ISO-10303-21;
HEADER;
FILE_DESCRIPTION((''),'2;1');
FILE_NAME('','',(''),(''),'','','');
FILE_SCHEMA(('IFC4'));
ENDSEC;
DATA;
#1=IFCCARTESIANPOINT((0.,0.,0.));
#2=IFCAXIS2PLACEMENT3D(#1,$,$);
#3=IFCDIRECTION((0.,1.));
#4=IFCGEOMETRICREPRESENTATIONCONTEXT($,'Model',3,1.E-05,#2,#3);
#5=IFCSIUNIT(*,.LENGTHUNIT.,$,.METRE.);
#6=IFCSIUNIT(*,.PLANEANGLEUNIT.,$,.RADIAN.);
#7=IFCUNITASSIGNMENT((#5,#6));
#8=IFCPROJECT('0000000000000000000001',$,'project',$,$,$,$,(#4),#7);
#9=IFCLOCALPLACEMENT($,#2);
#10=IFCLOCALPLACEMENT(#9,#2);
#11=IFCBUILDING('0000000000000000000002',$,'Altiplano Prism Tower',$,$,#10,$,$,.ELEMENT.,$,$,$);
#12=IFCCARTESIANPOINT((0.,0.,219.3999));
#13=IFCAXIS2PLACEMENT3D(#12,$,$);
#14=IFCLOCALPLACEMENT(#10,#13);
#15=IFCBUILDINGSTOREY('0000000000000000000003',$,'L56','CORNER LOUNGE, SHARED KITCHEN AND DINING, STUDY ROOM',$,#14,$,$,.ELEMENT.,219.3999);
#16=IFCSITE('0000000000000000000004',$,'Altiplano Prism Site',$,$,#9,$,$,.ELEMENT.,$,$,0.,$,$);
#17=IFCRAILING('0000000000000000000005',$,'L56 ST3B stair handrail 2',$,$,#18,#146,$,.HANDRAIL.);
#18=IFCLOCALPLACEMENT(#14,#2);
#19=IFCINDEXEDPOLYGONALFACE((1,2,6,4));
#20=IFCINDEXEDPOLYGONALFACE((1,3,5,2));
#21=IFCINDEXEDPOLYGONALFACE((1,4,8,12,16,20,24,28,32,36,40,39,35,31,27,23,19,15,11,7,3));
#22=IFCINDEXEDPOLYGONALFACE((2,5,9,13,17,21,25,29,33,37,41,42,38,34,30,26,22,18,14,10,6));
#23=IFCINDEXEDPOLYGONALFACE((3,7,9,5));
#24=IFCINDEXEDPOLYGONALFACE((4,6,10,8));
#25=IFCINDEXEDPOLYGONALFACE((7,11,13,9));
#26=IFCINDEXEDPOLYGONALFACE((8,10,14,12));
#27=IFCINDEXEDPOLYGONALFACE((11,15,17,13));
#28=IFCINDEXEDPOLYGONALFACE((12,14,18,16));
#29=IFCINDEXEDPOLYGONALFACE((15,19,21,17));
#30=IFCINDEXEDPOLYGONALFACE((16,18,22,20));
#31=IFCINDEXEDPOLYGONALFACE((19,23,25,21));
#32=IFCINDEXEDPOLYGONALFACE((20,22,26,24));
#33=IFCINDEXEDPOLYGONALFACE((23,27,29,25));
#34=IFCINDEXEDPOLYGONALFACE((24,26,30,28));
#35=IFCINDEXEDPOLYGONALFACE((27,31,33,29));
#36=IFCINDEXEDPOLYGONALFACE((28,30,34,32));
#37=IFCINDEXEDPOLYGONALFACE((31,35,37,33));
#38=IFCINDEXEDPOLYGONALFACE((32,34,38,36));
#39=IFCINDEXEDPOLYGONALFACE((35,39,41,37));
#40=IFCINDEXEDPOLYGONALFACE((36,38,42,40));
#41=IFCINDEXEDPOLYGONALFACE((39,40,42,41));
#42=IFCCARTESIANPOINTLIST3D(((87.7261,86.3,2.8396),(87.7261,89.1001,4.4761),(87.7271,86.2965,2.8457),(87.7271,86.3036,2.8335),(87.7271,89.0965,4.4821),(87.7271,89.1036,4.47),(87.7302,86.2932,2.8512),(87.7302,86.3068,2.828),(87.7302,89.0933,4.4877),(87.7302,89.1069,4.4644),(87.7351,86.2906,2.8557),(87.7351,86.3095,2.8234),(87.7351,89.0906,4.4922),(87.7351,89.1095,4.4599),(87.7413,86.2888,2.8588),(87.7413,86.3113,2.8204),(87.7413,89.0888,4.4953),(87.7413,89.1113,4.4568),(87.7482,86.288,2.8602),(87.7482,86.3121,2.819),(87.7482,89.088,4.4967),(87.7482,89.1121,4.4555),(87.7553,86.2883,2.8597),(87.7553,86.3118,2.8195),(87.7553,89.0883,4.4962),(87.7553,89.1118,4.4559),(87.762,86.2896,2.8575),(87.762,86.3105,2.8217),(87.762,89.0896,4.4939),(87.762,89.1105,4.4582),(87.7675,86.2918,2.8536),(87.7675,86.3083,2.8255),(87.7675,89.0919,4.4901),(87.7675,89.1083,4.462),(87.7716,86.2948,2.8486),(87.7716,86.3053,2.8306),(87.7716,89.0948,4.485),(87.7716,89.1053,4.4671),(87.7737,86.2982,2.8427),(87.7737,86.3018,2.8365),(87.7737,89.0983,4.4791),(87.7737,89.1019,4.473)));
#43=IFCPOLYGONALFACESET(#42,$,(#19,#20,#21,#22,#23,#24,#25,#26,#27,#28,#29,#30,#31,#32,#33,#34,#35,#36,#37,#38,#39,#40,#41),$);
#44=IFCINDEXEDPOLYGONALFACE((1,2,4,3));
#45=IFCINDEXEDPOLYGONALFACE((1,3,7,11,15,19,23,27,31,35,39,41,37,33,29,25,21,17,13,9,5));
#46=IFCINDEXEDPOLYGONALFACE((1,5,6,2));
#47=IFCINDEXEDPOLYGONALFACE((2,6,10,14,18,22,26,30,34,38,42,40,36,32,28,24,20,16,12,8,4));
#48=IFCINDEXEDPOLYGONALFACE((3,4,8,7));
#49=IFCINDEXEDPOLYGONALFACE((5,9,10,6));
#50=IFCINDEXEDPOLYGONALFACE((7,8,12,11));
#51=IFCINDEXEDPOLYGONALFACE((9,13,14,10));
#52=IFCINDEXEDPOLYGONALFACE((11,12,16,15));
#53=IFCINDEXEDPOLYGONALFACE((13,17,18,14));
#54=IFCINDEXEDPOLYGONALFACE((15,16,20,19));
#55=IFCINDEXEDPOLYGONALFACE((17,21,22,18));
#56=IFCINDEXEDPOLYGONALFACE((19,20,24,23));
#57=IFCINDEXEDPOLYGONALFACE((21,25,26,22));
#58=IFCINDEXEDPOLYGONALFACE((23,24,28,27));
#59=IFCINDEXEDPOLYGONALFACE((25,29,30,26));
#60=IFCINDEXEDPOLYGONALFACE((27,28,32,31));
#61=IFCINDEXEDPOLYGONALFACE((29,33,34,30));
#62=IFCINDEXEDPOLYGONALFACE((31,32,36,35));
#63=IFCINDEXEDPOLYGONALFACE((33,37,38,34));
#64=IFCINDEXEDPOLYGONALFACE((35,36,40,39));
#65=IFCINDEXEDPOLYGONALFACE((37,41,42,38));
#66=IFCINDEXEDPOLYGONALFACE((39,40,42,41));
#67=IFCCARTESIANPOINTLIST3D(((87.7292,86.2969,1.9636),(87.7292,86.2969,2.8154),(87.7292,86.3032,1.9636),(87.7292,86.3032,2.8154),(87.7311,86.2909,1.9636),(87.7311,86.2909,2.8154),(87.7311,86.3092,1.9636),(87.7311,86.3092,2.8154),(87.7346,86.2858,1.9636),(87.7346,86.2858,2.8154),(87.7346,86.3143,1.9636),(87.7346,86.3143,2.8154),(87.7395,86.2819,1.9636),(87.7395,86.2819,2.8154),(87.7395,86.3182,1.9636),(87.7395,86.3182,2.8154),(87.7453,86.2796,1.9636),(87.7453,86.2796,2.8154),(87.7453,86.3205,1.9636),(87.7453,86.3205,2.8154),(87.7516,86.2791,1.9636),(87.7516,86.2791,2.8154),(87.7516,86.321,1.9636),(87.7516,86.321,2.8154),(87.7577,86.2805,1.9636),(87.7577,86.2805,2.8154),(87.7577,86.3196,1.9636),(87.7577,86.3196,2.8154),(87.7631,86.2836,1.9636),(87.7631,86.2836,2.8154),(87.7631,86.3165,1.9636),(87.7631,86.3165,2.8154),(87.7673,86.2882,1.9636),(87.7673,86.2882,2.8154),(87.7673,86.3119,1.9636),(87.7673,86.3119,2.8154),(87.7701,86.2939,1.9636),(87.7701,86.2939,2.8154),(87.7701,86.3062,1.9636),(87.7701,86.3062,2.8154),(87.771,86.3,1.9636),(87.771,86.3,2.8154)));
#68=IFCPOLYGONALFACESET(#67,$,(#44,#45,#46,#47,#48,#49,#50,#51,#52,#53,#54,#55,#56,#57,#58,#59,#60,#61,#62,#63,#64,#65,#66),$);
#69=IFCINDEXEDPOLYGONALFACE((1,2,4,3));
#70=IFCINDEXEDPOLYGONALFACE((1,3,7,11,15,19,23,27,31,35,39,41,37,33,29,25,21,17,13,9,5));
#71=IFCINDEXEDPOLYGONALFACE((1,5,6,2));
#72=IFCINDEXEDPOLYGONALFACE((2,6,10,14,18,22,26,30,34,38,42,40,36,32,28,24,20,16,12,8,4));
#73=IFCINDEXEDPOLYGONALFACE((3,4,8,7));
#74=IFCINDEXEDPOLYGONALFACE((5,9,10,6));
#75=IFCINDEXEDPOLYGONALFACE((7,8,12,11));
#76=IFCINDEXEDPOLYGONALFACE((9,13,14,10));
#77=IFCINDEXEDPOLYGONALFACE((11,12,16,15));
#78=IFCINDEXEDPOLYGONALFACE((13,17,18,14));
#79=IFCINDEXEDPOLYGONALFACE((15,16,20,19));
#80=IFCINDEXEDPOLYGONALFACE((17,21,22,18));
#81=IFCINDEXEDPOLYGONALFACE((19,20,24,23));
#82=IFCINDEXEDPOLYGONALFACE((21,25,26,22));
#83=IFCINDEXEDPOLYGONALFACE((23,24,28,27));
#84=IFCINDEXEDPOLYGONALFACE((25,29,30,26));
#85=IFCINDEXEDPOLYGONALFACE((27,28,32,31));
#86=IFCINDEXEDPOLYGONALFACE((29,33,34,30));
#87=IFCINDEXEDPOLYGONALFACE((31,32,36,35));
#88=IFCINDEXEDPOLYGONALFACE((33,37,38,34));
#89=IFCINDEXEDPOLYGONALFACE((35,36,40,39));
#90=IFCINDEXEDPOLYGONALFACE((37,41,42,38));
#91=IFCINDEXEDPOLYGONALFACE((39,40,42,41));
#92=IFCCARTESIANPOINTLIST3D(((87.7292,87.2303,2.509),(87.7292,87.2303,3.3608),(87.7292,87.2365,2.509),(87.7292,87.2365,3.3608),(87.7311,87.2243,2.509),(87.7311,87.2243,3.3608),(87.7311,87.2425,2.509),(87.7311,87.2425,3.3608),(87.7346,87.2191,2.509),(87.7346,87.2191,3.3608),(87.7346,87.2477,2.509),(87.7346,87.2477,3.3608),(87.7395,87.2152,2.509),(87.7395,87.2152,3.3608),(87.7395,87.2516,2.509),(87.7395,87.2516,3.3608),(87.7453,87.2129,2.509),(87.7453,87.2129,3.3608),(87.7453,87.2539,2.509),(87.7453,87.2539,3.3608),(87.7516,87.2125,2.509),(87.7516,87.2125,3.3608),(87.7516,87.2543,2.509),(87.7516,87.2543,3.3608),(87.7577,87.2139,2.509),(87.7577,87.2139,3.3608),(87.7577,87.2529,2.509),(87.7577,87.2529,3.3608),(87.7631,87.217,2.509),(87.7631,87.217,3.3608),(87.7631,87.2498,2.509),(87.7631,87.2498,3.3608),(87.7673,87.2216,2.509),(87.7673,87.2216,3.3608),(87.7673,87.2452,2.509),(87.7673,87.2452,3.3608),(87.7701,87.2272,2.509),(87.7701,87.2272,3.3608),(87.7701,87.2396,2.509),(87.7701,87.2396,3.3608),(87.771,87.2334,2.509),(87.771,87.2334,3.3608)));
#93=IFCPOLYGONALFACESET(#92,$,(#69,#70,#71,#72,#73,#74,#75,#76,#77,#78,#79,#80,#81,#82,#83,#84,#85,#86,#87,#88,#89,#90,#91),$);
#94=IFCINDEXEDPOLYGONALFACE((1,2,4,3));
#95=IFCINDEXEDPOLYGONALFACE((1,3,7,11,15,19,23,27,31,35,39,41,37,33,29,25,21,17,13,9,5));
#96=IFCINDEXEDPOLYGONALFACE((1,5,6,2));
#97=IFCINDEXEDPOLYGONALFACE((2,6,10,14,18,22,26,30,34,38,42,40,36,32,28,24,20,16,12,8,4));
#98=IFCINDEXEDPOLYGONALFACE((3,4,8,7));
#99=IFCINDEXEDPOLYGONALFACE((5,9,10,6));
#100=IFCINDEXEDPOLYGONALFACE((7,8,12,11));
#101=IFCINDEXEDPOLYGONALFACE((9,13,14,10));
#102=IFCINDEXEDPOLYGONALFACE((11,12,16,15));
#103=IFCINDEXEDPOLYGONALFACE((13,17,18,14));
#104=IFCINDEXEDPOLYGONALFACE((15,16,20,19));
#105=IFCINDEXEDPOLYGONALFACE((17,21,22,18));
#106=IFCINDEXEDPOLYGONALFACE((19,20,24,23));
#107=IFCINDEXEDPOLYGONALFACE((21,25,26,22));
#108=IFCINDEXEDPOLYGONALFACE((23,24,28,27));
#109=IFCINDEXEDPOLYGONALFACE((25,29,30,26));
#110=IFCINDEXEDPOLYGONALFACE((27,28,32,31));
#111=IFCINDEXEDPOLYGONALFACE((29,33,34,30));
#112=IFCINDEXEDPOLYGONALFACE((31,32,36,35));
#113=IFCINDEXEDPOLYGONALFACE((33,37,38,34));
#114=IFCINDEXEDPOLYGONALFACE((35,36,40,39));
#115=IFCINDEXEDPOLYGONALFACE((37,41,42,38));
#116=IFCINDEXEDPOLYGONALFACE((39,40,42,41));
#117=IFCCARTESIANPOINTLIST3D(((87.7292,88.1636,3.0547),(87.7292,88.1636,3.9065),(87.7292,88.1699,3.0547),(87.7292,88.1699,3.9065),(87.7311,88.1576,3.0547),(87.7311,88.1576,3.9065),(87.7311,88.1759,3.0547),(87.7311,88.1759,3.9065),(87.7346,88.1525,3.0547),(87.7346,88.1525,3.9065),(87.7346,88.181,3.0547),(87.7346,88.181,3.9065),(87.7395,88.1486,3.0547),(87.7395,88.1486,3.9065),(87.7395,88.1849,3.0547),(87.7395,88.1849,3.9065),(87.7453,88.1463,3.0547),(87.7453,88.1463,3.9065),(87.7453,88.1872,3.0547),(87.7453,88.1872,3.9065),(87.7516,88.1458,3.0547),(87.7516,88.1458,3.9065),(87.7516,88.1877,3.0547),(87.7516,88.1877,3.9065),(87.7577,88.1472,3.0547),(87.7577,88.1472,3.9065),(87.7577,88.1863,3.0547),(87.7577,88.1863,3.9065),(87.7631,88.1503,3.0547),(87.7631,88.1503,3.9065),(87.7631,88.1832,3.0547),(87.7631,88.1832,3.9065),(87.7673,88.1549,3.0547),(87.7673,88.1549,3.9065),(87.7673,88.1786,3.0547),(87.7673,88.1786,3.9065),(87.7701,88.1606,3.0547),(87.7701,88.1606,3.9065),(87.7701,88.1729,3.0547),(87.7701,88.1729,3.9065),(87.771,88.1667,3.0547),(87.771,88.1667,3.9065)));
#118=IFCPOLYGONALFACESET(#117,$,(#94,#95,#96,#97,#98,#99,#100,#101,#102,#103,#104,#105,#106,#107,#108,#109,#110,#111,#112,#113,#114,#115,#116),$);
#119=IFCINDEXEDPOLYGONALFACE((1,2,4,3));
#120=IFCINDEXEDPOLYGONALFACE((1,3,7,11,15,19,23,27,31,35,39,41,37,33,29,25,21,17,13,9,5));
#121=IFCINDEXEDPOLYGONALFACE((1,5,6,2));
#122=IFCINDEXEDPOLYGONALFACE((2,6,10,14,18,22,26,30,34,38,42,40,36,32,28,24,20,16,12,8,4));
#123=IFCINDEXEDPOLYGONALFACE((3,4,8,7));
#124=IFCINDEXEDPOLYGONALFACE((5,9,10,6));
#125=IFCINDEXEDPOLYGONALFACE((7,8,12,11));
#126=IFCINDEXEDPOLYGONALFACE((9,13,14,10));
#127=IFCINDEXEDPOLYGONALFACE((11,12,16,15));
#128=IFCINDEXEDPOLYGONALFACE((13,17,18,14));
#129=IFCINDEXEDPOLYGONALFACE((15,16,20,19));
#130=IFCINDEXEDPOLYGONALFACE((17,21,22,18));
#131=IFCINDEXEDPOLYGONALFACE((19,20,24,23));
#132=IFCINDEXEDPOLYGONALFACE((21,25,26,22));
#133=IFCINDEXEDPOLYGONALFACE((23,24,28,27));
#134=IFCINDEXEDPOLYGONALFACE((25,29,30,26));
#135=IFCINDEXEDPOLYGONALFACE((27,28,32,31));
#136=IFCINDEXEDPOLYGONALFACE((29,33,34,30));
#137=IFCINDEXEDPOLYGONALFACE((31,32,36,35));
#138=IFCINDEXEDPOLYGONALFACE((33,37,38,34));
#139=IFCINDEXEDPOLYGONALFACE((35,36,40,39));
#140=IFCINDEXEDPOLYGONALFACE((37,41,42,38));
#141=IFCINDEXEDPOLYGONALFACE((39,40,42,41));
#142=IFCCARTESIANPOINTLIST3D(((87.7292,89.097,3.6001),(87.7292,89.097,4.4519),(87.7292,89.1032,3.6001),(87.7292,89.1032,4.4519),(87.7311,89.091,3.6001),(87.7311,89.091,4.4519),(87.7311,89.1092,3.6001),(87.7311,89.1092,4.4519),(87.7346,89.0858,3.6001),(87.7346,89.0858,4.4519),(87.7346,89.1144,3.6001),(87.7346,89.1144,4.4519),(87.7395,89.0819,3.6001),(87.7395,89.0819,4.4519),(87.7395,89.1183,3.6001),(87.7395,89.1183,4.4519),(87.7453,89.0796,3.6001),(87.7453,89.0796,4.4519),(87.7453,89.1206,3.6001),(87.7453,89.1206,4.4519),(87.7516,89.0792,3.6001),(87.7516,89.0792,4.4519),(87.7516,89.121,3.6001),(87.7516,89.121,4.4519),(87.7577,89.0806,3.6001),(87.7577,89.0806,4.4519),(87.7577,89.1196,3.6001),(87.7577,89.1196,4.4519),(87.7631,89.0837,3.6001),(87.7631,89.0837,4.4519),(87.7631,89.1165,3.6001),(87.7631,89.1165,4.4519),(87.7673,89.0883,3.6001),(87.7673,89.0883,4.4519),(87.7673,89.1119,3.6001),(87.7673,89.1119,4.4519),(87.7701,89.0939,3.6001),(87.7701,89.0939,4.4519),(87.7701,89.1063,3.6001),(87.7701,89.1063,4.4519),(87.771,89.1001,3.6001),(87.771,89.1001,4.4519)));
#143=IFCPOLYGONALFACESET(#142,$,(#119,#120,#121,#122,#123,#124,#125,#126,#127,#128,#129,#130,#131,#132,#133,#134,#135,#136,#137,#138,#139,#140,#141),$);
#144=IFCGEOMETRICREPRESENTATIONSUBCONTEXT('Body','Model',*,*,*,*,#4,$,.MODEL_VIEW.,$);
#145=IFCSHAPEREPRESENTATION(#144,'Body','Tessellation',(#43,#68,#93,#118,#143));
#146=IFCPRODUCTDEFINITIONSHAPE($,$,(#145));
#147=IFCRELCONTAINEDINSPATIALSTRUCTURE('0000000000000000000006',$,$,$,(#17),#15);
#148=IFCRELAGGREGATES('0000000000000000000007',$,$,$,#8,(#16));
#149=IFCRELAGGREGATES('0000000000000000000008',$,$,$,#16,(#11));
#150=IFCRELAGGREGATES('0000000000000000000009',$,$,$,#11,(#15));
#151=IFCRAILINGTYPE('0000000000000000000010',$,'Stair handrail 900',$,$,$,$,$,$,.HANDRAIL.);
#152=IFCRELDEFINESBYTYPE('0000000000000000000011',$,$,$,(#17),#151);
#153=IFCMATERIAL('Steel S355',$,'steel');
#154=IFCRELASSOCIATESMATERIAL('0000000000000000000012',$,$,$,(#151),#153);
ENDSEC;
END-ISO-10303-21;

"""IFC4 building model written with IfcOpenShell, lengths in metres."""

from ifc_helpers import new_model, si_unit, direction, frame, origin, origin_2d, place, context, subcontext, project, spatial, circle, extrude, material, type_object, element, save


model = new_model("IFC4")

# Units and contexts
model_context = context("Model", 3, precision=1e-05, world=origin(), true_north=direction((0.0, 1.0)))
body_context = subcontext(model_context, "Body", "Model", "MODEL_VIEW")
ifc_project = project(units=[si_unit("LENGTHUNIT", "METRE"), si_unit("PLANEANGLEUNIT", "RADIAN")], contexts=[model_context])

# Site, building, storey
site_placement = place(None, origin())
site = spatial("IfcSite", under=ifc_project, at=site_placement, Name="Altiplano Prism Site", CompositionType="ELEMENT", RefElevation=0.0)
building_placement = place(site_placement, origin())
building = spatial("IfcBuilding", under=site, at=building_placement, Name="Altiplano Prism Tower", CompositionType="ELEMENT")
storey_placement = place(building_placement, frame((0.0, 0.0, 219.3999)))
storey = spatial("IfcBuildingStorey", under=building, at=storey_placement, Name="L56", Description="CORNER LOUNGE, SHARED KITCHEN AND DINING, STUDY ROOM", CompositionType="ELEMENT", Elevation=219.3999)

# Shared definitions
ifc_material_1 = material(Name="Steel S355", Category="steel")

# Railing
railing_type = type_object("IfcRailingType", Name="Stair handrail 900", PredefinedType="HANDRAIL", material=ifc_material_1)
for number, where, name in (
    (1, (87.75, 86.3, 1.9636), "L56 ST3B stair handrail 2"),
):
    element("IfcRailing", number, at=place(storey_placement, frame(where)), inside=storey, type_object=railing_type, Name=name, PredefinedType="HANDRAIL", context=body_context, shape_type="SweptSolid", body=[
        extrude(circle(Radius=0.0239, at=origin_2d()), frame((0.0, 0.0, 0.876), z_axis=(0.0, 0.863361, 0.504587), x_axis=(-1.0, 0.0, 0.0)), (0.0, 0.0, 1.0), 3.2432),
        extrude(circle(Radius=0.021, at=origin_2d()), origin(), (0.0, 0.0, 1.0), 0.8518),
        extrude(circle(Radius=0.021, at=origin_2d()), frame((0.0, 0.9333, 0.5454)), (0.0, 0.0, 1.0), 0.8518),
        extrude(circle(Radius=0.021, at=origin_2d()), frame((0.0, 1.8667, 1.0911)), (0.0, 0.0, 1.0), 0.8518),
        extrude(circle(Radius=0.021, at=origin_2d()), frame((0.0, 2.8, 1.6365)), (0.0, 0.0, 1.0), 0.8518),
    ])

save(model, "model.ifc")
